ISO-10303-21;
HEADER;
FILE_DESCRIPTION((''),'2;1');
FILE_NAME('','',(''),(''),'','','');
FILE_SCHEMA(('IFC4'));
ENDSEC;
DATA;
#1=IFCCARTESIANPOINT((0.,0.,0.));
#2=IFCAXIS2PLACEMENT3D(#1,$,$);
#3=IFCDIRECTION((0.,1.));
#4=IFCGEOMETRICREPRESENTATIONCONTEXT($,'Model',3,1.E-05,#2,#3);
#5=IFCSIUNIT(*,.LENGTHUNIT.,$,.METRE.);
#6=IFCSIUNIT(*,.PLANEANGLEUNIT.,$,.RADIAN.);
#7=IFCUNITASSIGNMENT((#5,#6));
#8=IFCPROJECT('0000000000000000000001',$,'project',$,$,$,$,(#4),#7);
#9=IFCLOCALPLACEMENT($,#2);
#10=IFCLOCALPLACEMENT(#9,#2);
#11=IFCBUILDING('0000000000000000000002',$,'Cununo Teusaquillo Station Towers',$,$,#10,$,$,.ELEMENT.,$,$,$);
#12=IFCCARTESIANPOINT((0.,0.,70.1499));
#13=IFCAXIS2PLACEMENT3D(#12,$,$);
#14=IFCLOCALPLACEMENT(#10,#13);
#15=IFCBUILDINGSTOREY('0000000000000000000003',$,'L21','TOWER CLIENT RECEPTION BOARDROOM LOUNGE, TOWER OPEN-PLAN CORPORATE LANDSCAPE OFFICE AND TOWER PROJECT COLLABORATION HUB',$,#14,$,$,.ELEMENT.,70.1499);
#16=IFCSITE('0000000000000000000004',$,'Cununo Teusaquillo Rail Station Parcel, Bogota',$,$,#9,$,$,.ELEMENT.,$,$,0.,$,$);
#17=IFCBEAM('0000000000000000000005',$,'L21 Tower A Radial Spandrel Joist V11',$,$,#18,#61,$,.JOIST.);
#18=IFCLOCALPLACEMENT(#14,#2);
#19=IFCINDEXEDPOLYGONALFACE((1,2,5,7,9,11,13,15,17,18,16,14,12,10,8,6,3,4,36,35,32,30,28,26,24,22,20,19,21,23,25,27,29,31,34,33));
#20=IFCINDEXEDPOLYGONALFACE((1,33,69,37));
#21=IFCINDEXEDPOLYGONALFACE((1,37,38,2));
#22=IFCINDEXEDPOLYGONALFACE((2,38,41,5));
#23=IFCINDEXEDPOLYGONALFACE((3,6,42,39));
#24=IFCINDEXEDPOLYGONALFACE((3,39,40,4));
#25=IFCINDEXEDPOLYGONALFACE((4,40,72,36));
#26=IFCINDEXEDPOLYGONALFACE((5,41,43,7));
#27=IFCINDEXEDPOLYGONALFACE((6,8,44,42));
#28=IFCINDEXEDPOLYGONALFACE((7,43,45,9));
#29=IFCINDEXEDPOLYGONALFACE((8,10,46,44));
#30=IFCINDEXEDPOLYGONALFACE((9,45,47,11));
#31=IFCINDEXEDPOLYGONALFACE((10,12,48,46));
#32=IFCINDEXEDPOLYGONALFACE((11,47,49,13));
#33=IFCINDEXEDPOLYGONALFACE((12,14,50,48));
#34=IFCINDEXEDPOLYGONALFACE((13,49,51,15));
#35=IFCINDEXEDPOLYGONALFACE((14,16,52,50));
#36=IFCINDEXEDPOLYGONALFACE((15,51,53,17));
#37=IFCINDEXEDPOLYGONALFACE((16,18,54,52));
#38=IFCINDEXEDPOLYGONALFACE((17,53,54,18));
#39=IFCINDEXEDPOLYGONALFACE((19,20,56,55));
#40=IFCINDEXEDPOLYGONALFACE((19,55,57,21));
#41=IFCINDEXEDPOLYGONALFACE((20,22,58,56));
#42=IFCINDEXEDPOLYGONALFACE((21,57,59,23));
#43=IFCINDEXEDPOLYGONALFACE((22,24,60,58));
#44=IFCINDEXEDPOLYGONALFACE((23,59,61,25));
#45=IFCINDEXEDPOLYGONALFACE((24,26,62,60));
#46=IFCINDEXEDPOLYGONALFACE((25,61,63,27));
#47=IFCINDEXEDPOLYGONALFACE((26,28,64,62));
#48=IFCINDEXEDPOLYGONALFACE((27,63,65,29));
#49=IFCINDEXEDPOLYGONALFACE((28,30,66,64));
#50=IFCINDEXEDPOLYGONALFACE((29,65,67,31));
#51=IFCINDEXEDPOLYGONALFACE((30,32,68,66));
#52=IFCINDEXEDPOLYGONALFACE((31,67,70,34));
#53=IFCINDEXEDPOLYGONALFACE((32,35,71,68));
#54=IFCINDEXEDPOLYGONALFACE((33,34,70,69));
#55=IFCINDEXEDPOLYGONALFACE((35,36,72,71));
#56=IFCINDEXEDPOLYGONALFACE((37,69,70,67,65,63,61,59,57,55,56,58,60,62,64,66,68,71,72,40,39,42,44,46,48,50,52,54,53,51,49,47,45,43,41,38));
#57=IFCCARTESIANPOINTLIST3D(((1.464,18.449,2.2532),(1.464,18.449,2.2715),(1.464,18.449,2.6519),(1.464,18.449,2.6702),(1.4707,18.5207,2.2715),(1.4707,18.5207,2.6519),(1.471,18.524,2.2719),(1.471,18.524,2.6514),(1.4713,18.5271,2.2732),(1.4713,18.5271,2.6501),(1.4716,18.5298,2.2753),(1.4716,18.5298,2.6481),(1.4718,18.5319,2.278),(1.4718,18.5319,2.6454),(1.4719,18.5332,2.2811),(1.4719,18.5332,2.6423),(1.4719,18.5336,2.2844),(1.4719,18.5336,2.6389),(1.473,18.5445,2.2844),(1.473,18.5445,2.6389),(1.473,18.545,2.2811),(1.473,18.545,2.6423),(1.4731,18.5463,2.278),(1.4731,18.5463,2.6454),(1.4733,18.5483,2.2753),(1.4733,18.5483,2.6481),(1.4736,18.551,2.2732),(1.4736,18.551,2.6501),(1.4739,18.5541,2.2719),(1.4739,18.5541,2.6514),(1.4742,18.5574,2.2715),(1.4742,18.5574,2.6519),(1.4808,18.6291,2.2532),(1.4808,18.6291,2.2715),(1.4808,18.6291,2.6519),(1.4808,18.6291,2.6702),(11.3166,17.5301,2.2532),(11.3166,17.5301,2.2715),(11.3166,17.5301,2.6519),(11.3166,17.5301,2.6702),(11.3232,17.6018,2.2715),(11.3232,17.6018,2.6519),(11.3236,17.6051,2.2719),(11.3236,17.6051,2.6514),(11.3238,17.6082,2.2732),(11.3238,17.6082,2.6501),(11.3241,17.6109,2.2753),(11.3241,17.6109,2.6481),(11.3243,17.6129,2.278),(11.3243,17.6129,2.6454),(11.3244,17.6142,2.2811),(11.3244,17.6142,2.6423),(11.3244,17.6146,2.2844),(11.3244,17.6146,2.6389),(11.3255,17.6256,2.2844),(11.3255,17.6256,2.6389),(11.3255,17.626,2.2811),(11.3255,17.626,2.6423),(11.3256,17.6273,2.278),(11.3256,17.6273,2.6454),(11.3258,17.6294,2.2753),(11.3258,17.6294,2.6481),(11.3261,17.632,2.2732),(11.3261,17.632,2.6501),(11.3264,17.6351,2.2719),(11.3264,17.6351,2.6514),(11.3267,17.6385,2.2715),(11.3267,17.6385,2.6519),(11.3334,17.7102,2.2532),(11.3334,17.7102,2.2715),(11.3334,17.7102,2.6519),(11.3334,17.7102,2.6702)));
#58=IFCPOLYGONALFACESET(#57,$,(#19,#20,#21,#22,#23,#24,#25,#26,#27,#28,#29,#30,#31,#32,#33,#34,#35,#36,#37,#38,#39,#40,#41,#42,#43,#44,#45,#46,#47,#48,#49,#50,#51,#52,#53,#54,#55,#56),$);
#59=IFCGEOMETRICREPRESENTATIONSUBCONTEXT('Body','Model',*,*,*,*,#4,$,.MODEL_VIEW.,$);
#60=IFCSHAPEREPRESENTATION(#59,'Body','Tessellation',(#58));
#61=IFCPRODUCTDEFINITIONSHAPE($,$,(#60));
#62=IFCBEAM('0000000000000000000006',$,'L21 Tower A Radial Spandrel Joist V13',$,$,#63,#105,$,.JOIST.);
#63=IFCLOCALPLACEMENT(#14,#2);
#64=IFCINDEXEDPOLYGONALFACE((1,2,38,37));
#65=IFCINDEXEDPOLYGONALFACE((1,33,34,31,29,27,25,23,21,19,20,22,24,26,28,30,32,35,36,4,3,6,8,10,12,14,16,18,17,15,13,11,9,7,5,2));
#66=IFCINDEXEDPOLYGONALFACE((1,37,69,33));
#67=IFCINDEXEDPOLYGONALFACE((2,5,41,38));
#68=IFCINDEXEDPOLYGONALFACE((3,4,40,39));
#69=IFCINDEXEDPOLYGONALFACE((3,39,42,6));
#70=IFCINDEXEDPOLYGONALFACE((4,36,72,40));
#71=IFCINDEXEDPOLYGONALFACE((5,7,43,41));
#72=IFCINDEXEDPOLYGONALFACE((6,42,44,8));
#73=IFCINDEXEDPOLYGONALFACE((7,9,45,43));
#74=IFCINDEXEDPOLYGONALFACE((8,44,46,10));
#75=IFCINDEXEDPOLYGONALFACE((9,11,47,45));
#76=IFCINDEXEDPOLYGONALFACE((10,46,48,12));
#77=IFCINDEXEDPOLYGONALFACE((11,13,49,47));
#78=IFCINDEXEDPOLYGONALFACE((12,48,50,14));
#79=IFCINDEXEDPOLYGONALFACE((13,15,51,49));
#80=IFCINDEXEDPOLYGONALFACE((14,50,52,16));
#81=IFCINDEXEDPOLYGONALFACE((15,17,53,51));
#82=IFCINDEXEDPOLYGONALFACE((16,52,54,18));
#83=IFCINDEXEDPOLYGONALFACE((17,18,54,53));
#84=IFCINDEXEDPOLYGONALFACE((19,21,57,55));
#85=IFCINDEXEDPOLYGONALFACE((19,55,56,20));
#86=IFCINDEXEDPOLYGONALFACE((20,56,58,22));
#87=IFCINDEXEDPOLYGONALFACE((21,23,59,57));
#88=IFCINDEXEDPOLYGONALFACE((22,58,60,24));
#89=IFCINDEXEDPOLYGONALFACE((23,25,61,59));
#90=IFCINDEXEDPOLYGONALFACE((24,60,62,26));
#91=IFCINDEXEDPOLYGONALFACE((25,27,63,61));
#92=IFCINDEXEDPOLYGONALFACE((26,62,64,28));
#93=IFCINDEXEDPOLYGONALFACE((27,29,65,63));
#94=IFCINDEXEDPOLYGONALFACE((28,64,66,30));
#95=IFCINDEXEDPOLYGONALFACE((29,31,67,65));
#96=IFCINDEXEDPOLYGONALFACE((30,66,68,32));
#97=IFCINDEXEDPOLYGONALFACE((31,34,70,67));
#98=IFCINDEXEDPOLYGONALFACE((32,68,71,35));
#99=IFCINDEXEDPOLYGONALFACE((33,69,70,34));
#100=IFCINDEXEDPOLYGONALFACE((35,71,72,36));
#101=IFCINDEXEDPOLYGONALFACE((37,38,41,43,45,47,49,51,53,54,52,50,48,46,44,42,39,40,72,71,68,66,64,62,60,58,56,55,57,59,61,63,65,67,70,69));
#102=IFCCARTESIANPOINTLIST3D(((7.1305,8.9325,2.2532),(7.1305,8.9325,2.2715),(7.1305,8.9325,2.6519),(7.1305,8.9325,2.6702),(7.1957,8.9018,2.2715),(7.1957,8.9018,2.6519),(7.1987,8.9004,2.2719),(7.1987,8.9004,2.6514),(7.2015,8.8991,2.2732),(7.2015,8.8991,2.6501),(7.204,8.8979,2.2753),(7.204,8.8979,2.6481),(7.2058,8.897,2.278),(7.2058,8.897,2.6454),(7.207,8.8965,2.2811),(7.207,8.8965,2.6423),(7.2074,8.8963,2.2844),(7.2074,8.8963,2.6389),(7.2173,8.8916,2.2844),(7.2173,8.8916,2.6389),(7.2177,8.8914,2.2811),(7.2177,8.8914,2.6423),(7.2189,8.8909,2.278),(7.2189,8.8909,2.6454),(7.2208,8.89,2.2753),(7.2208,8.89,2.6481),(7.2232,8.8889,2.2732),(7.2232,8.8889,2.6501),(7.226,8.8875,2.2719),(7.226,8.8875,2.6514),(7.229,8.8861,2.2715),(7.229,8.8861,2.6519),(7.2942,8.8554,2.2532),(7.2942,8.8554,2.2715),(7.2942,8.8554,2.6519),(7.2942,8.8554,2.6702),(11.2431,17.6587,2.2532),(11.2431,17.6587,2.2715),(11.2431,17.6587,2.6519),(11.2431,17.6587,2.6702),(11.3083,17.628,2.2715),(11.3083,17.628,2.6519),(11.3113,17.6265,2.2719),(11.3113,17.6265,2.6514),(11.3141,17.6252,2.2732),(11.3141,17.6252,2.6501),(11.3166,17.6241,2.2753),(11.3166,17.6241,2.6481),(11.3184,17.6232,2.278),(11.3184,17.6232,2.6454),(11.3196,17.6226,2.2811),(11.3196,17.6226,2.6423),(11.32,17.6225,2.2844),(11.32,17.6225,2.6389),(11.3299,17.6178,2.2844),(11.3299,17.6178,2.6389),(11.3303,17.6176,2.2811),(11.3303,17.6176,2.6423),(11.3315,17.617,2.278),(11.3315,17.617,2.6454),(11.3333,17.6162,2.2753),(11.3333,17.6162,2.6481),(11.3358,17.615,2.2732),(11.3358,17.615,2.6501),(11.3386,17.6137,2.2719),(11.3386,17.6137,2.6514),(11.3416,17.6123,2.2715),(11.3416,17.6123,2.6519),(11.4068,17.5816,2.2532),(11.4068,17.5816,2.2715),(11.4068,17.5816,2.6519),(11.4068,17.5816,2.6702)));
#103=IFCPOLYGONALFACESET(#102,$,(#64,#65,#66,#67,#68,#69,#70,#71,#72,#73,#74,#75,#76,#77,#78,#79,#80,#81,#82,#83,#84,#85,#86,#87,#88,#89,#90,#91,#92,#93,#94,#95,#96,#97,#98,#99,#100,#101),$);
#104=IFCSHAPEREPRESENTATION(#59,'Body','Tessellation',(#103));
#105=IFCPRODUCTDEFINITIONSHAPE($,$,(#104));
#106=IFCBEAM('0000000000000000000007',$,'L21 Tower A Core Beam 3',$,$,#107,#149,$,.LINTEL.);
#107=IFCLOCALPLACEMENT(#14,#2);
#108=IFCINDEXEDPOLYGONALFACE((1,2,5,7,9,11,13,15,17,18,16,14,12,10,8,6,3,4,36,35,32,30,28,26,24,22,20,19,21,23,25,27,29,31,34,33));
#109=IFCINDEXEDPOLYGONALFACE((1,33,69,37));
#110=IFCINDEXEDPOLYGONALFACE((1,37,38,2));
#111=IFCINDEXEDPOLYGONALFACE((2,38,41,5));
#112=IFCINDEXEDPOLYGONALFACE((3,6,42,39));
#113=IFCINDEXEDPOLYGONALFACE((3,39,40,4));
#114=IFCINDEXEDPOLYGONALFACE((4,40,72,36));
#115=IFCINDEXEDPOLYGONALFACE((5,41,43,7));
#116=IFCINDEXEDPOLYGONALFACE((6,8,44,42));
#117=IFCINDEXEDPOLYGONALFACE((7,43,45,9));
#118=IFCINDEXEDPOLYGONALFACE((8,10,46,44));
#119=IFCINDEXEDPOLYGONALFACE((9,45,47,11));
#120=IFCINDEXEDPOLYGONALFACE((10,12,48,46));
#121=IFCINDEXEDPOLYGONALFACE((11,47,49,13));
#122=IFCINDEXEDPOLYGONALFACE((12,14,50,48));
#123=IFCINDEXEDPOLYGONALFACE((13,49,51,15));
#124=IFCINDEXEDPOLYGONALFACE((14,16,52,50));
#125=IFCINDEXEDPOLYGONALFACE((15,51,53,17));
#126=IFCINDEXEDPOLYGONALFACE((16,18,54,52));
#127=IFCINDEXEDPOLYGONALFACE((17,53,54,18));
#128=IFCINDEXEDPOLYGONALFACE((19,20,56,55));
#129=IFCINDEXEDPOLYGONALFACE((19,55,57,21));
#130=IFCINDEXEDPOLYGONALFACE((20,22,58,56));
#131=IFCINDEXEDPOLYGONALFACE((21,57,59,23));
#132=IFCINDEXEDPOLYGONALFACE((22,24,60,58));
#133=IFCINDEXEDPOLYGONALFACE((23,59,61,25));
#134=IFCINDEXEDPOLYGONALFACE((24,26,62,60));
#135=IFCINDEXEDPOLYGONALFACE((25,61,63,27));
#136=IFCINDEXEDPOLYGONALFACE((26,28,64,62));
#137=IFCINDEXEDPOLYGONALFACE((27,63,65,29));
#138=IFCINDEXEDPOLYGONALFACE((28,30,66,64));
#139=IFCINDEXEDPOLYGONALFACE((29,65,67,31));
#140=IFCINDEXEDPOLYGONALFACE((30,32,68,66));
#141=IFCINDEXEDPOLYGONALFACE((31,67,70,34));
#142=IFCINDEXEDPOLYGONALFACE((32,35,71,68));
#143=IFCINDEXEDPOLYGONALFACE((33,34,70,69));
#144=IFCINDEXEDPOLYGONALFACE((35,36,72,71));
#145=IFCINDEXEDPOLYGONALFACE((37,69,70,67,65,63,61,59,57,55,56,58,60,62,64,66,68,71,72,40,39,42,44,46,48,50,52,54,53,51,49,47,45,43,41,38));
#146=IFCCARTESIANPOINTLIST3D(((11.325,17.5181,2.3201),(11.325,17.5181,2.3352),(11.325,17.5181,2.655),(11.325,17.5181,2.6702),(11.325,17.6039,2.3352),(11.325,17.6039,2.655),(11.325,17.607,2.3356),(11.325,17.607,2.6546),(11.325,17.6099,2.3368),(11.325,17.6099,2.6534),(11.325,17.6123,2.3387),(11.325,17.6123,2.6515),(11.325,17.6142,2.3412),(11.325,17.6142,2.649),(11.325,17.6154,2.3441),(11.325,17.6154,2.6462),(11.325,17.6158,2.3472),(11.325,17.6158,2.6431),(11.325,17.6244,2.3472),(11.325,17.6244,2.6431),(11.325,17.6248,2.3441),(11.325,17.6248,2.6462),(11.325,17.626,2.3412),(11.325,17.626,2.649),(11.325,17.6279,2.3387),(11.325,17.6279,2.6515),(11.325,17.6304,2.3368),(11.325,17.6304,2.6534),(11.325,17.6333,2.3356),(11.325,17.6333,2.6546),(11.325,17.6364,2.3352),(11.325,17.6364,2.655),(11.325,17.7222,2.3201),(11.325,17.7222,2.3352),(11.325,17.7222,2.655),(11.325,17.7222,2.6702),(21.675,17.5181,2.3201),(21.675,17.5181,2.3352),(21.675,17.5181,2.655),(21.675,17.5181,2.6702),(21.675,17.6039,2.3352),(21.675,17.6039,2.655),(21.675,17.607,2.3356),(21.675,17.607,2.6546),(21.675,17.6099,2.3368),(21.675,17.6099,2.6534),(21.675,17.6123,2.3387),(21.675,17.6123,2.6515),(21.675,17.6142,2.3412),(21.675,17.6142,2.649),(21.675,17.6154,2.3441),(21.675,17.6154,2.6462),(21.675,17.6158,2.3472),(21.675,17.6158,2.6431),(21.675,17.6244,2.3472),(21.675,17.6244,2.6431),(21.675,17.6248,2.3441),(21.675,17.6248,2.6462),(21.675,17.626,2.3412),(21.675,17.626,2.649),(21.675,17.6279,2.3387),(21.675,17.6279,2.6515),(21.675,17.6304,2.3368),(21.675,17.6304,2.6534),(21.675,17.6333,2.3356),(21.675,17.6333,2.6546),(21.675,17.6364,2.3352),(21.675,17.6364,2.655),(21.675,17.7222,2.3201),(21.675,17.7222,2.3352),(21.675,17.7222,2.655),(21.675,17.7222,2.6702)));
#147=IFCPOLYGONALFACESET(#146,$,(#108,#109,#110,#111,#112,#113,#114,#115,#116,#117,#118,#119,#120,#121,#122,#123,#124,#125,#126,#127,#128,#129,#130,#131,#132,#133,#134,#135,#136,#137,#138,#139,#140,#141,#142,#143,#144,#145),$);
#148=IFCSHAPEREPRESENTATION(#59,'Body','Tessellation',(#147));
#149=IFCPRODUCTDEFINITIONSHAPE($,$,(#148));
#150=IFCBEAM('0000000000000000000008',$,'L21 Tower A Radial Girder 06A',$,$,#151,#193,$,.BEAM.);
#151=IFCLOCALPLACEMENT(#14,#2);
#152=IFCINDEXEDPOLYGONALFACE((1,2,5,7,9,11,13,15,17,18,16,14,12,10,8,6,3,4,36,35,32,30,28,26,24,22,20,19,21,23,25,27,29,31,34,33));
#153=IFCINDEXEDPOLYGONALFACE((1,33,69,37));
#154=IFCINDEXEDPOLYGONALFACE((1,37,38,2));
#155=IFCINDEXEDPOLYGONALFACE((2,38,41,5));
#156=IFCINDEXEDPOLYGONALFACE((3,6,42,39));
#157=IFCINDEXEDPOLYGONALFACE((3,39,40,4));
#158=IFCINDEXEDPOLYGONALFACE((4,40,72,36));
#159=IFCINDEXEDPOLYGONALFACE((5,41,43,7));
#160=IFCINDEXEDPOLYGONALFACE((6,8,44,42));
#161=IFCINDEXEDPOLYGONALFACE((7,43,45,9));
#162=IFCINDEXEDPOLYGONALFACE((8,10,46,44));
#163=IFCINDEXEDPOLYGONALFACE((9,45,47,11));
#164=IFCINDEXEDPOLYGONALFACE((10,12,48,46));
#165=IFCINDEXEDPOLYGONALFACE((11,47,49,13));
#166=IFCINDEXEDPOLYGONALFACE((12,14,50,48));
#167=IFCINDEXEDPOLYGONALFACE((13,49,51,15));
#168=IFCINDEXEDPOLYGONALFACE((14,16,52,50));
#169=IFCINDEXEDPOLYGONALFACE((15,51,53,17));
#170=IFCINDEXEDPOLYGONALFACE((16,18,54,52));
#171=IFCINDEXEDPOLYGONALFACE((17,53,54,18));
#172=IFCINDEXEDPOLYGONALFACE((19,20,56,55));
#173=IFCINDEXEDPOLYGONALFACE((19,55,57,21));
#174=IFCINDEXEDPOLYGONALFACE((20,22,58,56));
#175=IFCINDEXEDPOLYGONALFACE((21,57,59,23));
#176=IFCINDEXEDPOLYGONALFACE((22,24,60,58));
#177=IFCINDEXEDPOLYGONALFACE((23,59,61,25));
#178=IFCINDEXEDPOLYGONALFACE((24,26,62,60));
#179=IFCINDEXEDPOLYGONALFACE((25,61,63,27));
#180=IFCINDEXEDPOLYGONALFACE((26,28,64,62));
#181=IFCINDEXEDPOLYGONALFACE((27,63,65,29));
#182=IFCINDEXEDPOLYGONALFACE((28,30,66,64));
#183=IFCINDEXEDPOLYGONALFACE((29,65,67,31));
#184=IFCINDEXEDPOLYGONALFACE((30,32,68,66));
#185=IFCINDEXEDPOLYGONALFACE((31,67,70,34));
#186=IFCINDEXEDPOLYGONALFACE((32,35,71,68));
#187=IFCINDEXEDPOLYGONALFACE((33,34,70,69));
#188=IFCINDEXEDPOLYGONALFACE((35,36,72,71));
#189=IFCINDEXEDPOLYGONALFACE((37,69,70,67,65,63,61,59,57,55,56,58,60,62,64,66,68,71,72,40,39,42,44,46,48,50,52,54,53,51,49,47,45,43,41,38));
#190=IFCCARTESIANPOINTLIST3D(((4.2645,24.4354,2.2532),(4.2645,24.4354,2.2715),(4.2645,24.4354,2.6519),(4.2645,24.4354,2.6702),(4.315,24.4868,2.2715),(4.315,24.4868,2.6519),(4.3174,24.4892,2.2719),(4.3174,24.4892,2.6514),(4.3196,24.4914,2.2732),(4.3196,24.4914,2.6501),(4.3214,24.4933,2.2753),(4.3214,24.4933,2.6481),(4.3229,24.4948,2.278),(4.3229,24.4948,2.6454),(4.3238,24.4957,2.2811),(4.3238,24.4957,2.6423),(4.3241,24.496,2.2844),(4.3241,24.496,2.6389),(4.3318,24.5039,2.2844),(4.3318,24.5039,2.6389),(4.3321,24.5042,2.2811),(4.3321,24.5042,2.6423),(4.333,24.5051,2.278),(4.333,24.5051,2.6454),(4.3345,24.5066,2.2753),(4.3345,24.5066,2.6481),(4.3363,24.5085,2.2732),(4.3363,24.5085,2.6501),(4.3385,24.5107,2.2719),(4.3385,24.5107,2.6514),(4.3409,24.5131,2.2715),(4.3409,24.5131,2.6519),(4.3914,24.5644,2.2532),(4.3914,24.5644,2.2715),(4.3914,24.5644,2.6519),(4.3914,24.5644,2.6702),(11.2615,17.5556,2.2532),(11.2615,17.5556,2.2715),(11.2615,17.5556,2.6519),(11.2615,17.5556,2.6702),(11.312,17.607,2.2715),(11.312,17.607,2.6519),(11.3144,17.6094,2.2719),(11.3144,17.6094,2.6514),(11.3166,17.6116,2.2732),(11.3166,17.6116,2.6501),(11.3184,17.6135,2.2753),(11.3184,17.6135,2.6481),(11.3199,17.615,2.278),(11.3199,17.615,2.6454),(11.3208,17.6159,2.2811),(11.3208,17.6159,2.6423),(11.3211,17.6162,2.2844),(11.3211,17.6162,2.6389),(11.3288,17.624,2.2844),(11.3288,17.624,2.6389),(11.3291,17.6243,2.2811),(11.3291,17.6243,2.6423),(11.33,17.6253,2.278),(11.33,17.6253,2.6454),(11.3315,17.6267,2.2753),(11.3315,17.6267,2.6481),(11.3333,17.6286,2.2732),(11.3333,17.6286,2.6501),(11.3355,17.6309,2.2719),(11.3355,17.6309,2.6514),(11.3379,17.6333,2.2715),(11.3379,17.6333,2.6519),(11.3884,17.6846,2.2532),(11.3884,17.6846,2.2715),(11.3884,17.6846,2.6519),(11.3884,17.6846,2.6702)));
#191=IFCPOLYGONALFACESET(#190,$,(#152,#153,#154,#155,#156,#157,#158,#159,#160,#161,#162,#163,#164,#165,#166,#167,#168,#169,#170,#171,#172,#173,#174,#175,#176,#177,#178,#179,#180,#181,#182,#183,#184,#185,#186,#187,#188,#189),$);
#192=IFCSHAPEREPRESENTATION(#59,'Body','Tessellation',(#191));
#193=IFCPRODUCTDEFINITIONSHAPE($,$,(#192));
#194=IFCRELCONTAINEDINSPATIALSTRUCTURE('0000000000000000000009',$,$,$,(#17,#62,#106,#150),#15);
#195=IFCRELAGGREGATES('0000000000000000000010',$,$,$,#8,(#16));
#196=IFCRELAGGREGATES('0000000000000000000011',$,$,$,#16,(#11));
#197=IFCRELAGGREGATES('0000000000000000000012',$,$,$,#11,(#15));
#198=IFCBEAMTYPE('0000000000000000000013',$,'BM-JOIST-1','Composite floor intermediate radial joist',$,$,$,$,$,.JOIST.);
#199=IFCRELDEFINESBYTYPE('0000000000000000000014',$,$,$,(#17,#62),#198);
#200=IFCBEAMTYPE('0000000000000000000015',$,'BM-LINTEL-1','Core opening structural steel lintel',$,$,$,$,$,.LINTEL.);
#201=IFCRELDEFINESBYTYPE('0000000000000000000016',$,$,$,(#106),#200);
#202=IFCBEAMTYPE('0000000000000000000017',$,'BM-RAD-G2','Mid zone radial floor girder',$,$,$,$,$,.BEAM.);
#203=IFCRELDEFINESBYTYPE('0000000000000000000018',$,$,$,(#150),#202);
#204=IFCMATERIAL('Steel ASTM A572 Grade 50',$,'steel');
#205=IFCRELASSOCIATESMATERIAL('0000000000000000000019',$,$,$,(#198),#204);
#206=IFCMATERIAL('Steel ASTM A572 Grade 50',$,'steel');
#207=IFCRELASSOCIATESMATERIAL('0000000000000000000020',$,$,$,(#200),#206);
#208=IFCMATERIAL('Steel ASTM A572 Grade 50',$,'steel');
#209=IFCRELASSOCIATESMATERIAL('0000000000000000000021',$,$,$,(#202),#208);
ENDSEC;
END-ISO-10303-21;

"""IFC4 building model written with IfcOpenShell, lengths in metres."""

from ifc_helpers import new_model, si_unit, direction, frame, origin, origin_2d, place, context, subcontext, project, spatial, i_section, extrude, material, material_profile, profile_set, type_object, element, save


model = new_model("IFC4")

# Units and contexts
model_context = context("Model", 3, precision=1e-05, world=origin(), true_north=direction((0.0, 1.0)))
body_context = subcontext(model_context, "Body", "Model", "MODEL_VIEW")
ifc_project = project(units=[si_unit("LENGTHUNIT", "METRE"), si_unit("PLANEANGLEUNIT", "RADIAN")], contexts=[model_context])

# Site, building, storey
site_placement = place(None, origin())
site = spatial("IfcSite", under=ifc_project, at=site_placement, Name="Cununo Teusaquillo Rail Station Parcel, Bogota", CompositionType="ELEMENT", RefElevation=0.0)
building_placement = place(site_placement, origin())
building = spatial("IfcBuilding", under=site, at=building_placement, Name="Cununo Teusaquillo Station Towers", CompositionType="ELEMENT")
storey_placement = place(building_placement, frame((0.0, 0.0, 70.1499)))
storey = spatial("IfcBuildingStorey", under=building, at=storey_placement, Name="L21", Description="TOWER CLIENT RECEPTION BOARDROOM LOUNGE, TOWER OPEN-PLAN CORPORATE LANDSCAPE OFFICE AND TOWER PROJECT COLLABORATION HUB", CompositionType="ELEMENT", Elevation=70.1499)

# Beams
ifc_material_1 = material(Name="Steel ASTM A572 Grade 50", Category="steel")
ifc_material_profile_1 = material_profile(ifc_material_1, i_section(OverallWidth=0.1809, OverallDepth=0.417, WebThickness=0.011, FlangeThickness=0.0183, FilletRadius=0.0129, at=origin_2d()), Name="W16X57")
ifc_profile_set_1 = profile_set([ifc_material_profile_1], Name="Steel ASTM A572 Grade 50")
beam_type_1 = type_object("IfcBeamType", Name="BM-JOIST-1", Description="Composite floor intermediate radial joist", PredefinedType="JOIST", material=ifc_profile_set_1)
beam_1_placement = place(storey_placement, frame((11.325, 17.6201, 2.4617), z_axis=(-0.995679, 0.092867, 0.0), x_axis=(-0.092867, -0.995679, 0.0)))
element("IfcBeam", 1, at=beam_1_placement, inside=storey, type_object=beam_type_1, Name="L21 Tower A Radial Spandrel Joist V11", PredefinedType="JOIST", context=body_context, shape_type="SweptSolid", body=[
    extrude(i_section(OverallWidth=0.1809, OverallDepth=0.417, WebThickness=0.011, FlangeThickness=0.0183, FilletRadius=0.0129, at=origin_2d()), origin(), (0.0, 0.0, 1.0), 9.8953),
])
beam_2_placement = place(storey_placement, frame((11.325, 17.6201, 2.4617), z_axis=(-0.42632, -0.904572, 0.0), x_axis=(0.904572, -0.42632, 0.0)))
element("IfcBeam", 2, at=beam_2_placement, inside=storey, type_object=beam_type_1, Name="L21 Tower A Radial Spandrel Joist V13", PredefinedType="JOIST", context=body_context, shape_type="SweptSolid", body=[
    extrude(i_section(OverallWidth=0.1809, OverallDepth=0.417, WebThickness=0.011, FlangeThickness=0.0183, FilletRadius=0.0129, at=origin_2d()), origin(), (0.0, 0.0, 1.0), 9.6467),
])
ifc_material_2 = material(Name="Steel ASTM A572 Grade 50", Category="steel")
ifc_material_profile_2 = material_profile(ifc_material_2, i_section(OverallWidth=0.2041, OverallDepth=0.3501, WebThickness=0.0085, FlangeThickness=0.0151, FilletRadius=0.012, at=origin_2d()), Name="W14X48")
ifc_profile_set_2 = profile_set([ifc_material_profile_2], Name="Steel ASTM A572 Grade 50")
beam_type_2 = type_object("IfcBeamType", Name="BM-LINTEL-1", Description="Core opening structural steel lintel", PredefinedType="LINTEL", material=ifc_profile_set_2)
beam_3_placement = place(storey_placement, frame((11.325, 17.6201, 2.4951), z_axis=(1.0, 0.0, 0.0), x_axis=(0.0, 1.0, 0.0)))
element("IfcBeam", 3, at=beam_3_placement, inside=storey, type_object=beam_type_2, Name="L21 Tower A Core Beam 3", PredefinedType="LINTEL", context=body_context, shape_type="SweptSolid", body=[
    extrude(i_section(OverallWidth=0.2041, OverallDepth=0.3501, WebThickness=0.0085, FlangeThickness=0.0151, FilletRadius=0.012, at=origin_2d()), origin(), (0.0, 0.0, 1.0), 10.3501),
])
ifc_material_3 = material(Name="Steel ASTM A572 Grade 50", Category="steel")
ifc_material_profile_3 = material_profile(ifc_material_3, i_section(OverallWidth=0.1809, OverallDepth=0.417, WebThickness=0.011, FlangeThickness=0.0183, FilletRadius=0.0129, at=origin_2d()), Name="W16X57")
ifc_profile_set_3 = profile_set([ifc_material_profile_3], Name="Steel ASTM A572 Grade 50")
beam_type_3 = type_object("IfcBeamType", Name="BM-RAD-G2", Description="Mid zone radial floor girder", PredefinedType="BEAM", material=ifc_profile_set_3)
beam_4_placement = place(storey_placement, frame((11.325, 17.6201, 2.4617), z_axis=(-0.713053, 0.70111, 0.0), x_axis=(-0.70111, -0.713053, 0.0)))
element("IfcBeam", 4, at=beam_4_placement, inside=storey, type_object=beam_type_3, Name="L21 Tower A Radial Girder 06A", PredefinedType="BEAM", context=body_context, shape_type="SweptSolid", body=[
    extrude(i_section(OverallWidth=0.1809, OverallDepth=0.417, WebThickness=0.011, FlangeThickness=0.0183, FilletRadius=0.0129, at=origin_2d()), origin(), (0.0, 0.0, 1.0), 9.8127),
])

save(model, "model.ifc")
